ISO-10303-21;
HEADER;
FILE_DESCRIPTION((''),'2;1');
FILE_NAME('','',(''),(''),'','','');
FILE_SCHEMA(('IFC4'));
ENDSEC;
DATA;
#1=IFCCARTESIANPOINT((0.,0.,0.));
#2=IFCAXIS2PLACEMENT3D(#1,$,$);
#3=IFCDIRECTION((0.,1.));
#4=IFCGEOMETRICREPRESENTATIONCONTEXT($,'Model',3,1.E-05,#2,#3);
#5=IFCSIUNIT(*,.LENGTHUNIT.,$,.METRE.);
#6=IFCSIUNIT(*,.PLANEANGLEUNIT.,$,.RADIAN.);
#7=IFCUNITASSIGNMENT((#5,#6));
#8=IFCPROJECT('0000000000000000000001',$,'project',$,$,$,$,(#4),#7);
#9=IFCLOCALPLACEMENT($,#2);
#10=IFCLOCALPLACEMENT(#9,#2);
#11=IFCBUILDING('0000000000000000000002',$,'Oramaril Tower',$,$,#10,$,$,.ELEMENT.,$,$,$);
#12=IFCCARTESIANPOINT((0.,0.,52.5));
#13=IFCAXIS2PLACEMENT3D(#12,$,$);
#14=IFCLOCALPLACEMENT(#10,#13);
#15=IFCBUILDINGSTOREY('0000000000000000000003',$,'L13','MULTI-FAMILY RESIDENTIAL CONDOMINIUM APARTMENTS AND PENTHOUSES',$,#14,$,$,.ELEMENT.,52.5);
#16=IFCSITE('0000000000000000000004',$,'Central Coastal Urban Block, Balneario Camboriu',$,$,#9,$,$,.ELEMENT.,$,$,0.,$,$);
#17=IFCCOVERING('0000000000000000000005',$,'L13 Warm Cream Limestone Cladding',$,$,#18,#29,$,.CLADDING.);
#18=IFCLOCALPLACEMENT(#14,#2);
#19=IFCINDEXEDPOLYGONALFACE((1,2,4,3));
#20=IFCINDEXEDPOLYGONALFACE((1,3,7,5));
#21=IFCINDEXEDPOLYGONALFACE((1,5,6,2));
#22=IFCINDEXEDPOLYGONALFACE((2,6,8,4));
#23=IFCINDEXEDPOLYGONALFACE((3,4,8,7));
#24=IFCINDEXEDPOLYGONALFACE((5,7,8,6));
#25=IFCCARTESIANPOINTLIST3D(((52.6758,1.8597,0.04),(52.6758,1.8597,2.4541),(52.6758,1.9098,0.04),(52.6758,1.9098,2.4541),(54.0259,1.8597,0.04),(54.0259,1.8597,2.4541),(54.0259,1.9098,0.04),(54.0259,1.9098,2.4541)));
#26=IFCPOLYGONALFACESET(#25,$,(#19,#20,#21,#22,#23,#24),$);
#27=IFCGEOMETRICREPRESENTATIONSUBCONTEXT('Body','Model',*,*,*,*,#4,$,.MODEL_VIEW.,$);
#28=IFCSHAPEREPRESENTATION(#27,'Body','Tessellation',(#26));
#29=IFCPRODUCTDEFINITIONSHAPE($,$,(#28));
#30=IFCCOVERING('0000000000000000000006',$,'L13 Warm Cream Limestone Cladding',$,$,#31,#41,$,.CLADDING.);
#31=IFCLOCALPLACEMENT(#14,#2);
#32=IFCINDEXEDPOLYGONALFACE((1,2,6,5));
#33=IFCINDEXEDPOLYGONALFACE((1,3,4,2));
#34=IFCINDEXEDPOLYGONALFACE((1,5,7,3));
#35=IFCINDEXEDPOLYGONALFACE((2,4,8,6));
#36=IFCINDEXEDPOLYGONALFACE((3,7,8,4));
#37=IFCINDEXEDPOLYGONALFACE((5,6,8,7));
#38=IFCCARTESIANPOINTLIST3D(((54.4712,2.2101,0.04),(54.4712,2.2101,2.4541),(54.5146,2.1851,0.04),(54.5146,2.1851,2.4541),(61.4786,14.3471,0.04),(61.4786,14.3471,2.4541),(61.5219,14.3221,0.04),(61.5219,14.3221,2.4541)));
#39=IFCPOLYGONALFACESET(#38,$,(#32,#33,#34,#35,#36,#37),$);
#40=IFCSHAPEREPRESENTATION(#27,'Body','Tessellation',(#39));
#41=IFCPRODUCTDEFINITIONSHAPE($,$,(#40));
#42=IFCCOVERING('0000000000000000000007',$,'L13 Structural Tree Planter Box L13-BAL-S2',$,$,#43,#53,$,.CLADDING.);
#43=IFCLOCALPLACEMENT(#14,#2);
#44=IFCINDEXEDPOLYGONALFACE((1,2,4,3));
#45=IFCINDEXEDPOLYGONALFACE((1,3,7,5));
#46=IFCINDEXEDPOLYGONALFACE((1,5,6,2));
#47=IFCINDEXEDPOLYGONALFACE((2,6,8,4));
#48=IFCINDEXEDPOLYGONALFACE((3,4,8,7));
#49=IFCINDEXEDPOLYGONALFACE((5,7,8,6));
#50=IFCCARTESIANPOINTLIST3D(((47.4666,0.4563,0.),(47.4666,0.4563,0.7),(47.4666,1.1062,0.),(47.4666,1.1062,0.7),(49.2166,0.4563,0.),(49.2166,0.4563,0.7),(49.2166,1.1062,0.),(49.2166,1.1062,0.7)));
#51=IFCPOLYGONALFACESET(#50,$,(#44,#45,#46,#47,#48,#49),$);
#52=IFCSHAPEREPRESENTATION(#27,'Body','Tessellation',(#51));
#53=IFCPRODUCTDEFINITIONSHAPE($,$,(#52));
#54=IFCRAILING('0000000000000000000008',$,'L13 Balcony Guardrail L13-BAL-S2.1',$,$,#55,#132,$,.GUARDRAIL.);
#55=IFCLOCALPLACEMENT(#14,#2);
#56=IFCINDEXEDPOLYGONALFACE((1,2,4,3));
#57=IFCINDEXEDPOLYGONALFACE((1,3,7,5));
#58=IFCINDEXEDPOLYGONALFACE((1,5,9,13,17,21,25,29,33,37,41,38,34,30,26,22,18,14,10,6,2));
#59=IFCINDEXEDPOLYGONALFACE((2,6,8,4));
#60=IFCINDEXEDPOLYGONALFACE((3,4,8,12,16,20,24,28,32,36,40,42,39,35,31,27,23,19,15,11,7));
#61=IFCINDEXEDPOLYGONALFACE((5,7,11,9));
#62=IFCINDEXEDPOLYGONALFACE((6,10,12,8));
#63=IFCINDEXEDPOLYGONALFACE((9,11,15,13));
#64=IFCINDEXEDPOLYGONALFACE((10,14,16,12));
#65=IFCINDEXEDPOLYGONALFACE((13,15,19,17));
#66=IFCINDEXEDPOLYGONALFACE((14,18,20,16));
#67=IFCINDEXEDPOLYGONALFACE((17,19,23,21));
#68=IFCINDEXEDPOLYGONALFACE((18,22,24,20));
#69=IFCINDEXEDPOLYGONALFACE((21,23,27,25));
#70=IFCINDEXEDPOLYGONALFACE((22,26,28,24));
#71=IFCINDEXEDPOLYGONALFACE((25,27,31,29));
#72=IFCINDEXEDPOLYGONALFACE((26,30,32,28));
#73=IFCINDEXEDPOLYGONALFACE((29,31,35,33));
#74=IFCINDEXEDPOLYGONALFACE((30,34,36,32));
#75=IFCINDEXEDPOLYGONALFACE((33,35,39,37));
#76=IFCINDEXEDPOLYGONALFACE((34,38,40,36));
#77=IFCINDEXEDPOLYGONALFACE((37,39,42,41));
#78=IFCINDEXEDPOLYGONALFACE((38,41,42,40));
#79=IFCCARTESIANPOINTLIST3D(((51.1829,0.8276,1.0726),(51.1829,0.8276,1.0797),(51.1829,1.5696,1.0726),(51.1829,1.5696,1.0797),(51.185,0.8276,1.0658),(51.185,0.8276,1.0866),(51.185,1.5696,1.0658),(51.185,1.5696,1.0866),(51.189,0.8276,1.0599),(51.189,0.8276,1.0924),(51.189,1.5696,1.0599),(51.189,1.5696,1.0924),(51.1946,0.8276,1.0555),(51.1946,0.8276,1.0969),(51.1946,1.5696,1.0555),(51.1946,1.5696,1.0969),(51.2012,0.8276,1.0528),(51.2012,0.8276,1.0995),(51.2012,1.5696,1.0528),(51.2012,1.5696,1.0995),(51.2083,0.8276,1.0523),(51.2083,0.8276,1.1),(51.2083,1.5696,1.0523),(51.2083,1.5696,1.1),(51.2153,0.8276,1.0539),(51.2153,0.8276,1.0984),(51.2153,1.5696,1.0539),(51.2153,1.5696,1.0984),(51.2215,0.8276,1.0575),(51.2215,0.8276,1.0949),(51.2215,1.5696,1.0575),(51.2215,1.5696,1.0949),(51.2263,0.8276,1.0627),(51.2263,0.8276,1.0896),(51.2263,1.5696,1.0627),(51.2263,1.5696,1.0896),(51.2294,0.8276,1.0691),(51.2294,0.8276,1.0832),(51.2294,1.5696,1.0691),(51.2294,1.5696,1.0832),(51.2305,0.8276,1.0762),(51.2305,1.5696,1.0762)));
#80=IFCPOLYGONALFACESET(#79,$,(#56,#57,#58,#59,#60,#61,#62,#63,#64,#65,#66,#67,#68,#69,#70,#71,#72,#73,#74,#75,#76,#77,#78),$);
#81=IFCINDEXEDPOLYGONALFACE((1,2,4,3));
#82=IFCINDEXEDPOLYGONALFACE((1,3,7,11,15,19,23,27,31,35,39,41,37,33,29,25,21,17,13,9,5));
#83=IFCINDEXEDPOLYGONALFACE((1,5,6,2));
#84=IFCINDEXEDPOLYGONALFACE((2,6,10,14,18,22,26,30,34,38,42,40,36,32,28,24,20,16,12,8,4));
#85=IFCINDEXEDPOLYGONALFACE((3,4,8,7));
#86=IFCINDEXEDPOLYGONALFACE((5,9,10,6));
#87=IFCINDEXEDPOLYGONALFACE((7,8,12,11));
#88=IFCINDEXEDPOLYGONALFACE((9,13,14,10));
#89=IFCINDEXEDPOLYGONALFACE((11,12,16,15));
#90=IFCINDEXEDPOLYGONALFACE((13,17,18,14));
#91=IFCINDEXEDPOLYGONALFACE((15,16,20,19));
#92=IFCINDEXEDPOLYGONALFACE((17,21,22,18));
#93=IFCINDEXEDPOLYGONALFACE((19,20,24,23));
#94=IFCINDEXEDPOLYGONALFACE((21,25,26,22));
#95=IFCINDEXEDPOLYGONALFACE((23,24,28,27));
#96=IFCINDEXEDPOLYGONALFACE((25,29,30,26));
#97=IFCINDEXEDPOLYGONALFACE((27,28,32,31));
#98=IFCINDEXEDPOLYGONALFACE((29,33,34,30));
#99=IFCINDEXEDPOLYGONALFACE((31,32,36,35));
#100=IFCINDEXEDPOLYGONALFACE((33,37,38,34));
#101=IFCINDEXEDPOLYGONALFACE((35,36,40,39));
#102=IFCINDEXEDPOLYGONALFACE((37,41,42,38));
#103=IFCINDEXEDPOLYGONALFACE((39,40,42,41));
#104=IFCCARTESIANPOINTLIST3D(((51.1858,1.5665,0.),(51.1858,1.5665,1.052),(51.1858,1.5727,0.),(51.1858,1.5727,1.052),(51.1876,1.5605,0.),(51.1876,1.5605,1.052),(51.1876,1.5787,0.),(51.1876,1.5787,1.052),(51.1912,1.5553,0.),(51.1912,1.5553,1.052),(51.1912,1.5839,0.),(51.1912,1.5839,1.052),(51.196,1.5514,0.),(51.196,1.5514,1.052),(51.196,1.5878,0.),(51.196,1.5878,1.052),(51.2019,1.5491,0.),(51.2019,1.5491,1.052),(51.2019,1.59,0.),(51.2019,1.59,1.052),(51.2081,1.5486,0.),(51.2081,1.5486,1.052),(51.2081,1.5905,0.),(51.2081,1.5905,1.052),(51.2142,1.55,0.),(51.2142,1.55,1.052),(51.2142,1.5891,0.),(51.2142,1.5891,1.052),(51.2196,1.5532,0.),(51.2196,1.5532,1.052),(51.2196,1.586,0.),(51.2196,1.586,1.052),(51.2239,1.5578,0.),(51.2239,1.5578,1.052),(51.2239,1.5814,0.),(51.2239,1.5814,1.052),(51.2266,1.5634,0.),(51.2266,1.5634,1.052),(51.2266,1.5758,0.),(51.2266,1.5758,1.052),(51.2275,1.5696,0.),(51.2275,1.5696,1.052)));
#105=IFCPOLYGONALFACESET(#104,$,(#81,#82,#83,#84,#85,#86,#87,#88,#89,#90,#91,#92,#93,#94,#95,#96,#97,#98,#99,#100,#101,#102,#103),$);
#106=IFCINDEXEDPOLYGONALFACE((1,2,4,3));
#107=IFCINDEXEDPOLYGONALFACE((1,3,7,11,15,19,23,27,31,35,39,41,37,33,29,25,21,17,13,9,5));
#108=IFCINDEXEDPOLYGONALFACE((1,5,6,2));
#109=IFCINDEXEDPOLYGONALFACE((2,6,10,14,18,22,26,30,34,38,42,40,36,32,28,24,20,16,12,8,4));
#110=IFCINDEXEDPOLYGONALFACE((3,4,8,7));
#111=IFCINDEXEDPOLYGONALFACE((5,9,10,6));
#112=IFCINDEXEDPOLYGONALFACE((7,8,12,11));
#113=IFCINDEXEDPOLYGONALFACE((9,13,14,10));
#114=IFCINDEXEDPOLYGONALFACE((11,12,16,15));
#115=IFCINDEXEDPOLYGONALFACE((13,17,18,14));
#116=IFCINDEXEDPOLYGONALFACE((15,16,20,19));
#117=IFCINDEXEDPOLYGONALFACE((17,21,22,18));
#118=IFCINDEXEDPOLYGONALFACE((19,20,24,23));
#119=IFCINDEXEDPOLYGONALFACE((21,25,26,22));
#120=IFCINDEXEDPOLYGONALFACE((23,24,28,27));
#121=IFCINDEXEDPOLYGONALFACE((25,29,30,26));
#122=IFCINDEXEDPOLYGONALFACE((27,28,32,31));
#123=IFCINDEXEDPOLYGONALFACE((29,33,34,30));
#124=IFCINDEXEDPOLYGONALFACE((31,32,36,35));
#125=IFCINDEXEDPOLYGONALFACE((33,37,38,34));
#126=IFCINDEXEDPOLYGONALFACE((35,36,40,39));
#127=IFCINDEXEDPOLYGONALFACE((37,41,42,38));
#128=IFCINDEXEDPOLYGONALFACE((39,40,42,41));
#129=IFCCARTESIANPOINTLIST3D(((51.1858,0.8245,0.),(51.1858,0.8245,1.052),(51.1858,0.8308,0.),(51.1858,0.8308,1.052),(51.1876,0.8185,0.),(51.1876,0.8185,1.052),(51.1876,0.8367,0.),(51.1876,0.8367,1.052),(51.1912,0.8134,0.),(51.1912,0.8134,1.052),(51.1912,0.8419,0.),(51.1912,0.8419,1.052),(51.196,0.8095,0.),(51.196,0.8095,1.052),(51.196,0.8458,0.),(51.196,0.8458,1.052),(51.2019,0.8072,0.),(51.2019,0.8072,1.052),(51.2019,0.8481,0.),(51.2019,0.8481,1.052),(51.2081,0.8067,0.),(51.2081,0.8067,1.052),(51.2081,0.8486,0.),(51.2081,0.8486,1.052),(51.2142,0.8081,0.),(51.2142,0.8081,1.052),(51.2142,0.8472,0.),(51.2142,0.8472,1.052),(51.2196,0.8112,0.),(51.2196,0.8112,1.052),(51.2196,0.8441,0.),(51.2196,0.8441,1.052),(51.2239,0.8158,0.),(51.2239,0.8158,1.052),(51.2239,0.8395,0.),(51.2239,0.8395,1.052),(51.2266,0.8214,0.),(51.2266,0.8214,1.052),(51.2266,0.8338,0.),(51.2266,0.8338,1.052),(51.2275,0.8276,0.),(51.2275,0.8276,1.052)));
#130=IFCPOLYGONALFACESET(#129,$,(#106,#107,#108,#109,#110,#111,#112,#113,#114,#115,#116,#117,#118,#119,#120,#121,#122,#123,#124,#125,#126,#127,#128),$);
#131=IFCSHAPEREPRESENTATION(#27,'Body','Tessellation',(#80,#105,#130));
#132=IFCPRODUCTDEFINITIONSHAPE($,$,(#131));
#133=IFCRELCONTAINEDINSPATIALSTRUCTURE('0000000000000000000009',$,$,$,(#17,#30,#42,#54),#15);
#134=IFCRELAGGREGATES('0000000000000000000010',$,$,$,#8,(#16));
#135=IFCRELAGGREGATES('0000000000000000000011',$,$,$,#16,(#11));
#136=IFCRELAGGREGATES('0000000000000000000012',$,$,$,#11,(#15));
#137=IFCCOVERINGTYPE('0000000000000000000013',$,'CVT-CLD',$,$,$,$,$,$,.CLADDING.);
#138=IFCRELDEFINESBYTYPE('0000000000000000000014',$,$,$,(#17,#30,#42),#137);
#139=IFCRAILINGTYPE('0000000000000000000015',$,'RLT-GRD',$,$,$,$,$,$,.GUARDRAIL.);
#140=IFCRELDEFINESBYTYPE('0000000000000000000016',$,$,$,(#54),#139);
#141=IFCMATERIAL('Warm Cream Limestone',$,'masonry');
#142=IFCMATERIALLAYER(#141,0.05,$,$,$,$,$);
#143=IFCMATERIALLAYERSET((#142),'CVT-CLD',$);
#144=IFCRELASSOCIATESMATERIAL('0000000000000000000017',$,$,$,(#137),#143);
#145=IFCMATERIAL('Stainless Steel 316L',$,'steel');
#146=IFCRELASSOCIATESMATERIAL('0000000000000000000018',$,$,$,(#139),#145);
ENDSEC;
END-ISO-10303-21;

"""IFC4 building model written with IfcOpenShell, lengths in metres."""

from ifc_helpers import new_model, si_unit, direction, frame, origin, origin_2d, place, context, subcontext, project, spatial, rectangle, circle, extrude, material, layer, layer_set, type_object, element, save


model = new_model("IFC4")

# Units and contexts
model_context = context("Model", 3, precision=1e-05, world=origin(), true_north=direction((0.0, 1.0)))
body_context = subcontext(model_context, "Body", "Model", "MODEL_VIEW")
ifc_project = project(units=[si_unit("LENGTHUNIT", "METRE"), si_unit("PLANEANGLEUNIT", "RADIAN")], contexts=[model_context])

# Site, building, storey
site_placement = place(None, origin())
site = spatial("IfcSite", under=ifc_project, at=site_placement, Name="Central Coastal Urban Block, Balneario Camboriu", CompositionType="ELEMENT", RefElevation=0.0)
building_placement = place(site_placement, origin())
building = spatial("IfcBuilding", under=site, at=building_placement, Name="Oramaril Tower", CompositionType="ELEMENT")
storey_placement = place(building_placement, frame((0.0, 0.0, 52.5)))
storey = spatial("IfcBuildingStorey", under=building, at=storey_placement, Name="L13", Description="MULTI-FAMILY RESIDENTIAL CONDOMINIUM APARTMENTS AND PENTHOUSES", CompositionType="ELEMENT", Elevation=52.5)

# Coverings
ifc_material_1 = material(Name="Warm Cream Limestone", Category="masonry")
ifc_layer_1 = layer(ifc_material_1, 0.05)
ifc_layer_set_1 = layer_set([ifc_layer_1], Name="CVT-CLD")
covering_type = type_object("IfcCoveringType", Name="CVT-CLD", PredefinedType="CLADDING", material=ifc_layer_set_1)
covering_1_placement = place(storey_placement, frame((53.3508, 1.8848, 0.04), z_axis=(0.0, 0.0, 1.0), x_axis=(1.0, 0.0, 0.0)))
element("IfcCovering", 1, at=covering_1_placement, inside=storey, type_object=covering_type, Name="L13 Warm Cream Limestone Cladding", PredefinedType="CLADDING", context=body_context, shape_type="SweptSolid", body=[
    extrude(rectangle(XDim=1.3501, YDim=0.05, at=origin_2d()), origin(), (0.0, 0.0, 1.0), 2.4141),
])
covering_2_placement = place(storey_placement, frame((57.9966, 8.2661, 0.04), z_axis=(0.0, 0.0, 1.0), x_axis=(0.5, 0.866025, 0.0)))
element("IfcCovering", 2, at=covering_2_placement, inside=storey, type_object=covering_type, Name="L13 Warm Cream Limestone Cladding", PredefinedType="CLADDING", context=body_context, shape_type="SweptSolid", body=[
    extrude(rectangle(XDim=14.0146, YDim=0.05, at=origin_2d()), origin(), (0.0, 0.0, 1.0), 2.4141),
])
covering_3_placement = place(storey_placement, frame((48.3416, 0.7812, 0.0), z_axis=(0.0, 0.0, 1.0), x_axis=(1.0, 0.0, 0.0)))
element("IfcCovering", 3, at=covering_3_placement, inside=storey, type_object=covering_type, Name="L13 Structural Tree Planter Box L13-BAL-S2", PredefinedType="CLADDING", context=body_context, shape_type="SweptSolid", body=[
    extrude(rectangle(XDim=1.75, YDim=0.6499, at=origin_2d()), origin(), (0.0, 0.0, 1.0), 0.7),
])

# Railing
ifc_material_2 = material(Name="Stainless Steel 316L", Category="steel")
railing_type = type_object("IfcRailingType", Name="RLT-GRD", PredefinedType="GUARDRAIL", material=ifc_material_2)
railing_1_placement = place(storey_placement, frame((51.2065, 1.5696, 0.0)))
element("IfcRailing", 4, at=railing_1_placement, inside=storey, type_object=railing_type, Name="L13 Balcony Guardrail L13-BAL-S2.1", PredefinedType="GUARDRAIL", context=body_context, shape_type="SweptSolid", body=[
    extrude(circle(Radius=0.0239, at=origin_2d()), frame((0.0, 0.0, 1.0762), z_axis=(0.0, -1.0, 0.0), x_axis=(1.0, 0.0, 0.0)), (0.0, 0.0, 1.0), 0.7419),
    extrude(circle(Radius=0.021, at=origin_2d()), origin(), (0.0, 0.0, 1.0), 1.052),
    extrude(circle(Radius=0.021, at=origin_2d()), frame((0.0, -0.7419, 0.0)), (0.0, 0.0, 1.0), 1.052),
])

save(model, "model.ifc")
